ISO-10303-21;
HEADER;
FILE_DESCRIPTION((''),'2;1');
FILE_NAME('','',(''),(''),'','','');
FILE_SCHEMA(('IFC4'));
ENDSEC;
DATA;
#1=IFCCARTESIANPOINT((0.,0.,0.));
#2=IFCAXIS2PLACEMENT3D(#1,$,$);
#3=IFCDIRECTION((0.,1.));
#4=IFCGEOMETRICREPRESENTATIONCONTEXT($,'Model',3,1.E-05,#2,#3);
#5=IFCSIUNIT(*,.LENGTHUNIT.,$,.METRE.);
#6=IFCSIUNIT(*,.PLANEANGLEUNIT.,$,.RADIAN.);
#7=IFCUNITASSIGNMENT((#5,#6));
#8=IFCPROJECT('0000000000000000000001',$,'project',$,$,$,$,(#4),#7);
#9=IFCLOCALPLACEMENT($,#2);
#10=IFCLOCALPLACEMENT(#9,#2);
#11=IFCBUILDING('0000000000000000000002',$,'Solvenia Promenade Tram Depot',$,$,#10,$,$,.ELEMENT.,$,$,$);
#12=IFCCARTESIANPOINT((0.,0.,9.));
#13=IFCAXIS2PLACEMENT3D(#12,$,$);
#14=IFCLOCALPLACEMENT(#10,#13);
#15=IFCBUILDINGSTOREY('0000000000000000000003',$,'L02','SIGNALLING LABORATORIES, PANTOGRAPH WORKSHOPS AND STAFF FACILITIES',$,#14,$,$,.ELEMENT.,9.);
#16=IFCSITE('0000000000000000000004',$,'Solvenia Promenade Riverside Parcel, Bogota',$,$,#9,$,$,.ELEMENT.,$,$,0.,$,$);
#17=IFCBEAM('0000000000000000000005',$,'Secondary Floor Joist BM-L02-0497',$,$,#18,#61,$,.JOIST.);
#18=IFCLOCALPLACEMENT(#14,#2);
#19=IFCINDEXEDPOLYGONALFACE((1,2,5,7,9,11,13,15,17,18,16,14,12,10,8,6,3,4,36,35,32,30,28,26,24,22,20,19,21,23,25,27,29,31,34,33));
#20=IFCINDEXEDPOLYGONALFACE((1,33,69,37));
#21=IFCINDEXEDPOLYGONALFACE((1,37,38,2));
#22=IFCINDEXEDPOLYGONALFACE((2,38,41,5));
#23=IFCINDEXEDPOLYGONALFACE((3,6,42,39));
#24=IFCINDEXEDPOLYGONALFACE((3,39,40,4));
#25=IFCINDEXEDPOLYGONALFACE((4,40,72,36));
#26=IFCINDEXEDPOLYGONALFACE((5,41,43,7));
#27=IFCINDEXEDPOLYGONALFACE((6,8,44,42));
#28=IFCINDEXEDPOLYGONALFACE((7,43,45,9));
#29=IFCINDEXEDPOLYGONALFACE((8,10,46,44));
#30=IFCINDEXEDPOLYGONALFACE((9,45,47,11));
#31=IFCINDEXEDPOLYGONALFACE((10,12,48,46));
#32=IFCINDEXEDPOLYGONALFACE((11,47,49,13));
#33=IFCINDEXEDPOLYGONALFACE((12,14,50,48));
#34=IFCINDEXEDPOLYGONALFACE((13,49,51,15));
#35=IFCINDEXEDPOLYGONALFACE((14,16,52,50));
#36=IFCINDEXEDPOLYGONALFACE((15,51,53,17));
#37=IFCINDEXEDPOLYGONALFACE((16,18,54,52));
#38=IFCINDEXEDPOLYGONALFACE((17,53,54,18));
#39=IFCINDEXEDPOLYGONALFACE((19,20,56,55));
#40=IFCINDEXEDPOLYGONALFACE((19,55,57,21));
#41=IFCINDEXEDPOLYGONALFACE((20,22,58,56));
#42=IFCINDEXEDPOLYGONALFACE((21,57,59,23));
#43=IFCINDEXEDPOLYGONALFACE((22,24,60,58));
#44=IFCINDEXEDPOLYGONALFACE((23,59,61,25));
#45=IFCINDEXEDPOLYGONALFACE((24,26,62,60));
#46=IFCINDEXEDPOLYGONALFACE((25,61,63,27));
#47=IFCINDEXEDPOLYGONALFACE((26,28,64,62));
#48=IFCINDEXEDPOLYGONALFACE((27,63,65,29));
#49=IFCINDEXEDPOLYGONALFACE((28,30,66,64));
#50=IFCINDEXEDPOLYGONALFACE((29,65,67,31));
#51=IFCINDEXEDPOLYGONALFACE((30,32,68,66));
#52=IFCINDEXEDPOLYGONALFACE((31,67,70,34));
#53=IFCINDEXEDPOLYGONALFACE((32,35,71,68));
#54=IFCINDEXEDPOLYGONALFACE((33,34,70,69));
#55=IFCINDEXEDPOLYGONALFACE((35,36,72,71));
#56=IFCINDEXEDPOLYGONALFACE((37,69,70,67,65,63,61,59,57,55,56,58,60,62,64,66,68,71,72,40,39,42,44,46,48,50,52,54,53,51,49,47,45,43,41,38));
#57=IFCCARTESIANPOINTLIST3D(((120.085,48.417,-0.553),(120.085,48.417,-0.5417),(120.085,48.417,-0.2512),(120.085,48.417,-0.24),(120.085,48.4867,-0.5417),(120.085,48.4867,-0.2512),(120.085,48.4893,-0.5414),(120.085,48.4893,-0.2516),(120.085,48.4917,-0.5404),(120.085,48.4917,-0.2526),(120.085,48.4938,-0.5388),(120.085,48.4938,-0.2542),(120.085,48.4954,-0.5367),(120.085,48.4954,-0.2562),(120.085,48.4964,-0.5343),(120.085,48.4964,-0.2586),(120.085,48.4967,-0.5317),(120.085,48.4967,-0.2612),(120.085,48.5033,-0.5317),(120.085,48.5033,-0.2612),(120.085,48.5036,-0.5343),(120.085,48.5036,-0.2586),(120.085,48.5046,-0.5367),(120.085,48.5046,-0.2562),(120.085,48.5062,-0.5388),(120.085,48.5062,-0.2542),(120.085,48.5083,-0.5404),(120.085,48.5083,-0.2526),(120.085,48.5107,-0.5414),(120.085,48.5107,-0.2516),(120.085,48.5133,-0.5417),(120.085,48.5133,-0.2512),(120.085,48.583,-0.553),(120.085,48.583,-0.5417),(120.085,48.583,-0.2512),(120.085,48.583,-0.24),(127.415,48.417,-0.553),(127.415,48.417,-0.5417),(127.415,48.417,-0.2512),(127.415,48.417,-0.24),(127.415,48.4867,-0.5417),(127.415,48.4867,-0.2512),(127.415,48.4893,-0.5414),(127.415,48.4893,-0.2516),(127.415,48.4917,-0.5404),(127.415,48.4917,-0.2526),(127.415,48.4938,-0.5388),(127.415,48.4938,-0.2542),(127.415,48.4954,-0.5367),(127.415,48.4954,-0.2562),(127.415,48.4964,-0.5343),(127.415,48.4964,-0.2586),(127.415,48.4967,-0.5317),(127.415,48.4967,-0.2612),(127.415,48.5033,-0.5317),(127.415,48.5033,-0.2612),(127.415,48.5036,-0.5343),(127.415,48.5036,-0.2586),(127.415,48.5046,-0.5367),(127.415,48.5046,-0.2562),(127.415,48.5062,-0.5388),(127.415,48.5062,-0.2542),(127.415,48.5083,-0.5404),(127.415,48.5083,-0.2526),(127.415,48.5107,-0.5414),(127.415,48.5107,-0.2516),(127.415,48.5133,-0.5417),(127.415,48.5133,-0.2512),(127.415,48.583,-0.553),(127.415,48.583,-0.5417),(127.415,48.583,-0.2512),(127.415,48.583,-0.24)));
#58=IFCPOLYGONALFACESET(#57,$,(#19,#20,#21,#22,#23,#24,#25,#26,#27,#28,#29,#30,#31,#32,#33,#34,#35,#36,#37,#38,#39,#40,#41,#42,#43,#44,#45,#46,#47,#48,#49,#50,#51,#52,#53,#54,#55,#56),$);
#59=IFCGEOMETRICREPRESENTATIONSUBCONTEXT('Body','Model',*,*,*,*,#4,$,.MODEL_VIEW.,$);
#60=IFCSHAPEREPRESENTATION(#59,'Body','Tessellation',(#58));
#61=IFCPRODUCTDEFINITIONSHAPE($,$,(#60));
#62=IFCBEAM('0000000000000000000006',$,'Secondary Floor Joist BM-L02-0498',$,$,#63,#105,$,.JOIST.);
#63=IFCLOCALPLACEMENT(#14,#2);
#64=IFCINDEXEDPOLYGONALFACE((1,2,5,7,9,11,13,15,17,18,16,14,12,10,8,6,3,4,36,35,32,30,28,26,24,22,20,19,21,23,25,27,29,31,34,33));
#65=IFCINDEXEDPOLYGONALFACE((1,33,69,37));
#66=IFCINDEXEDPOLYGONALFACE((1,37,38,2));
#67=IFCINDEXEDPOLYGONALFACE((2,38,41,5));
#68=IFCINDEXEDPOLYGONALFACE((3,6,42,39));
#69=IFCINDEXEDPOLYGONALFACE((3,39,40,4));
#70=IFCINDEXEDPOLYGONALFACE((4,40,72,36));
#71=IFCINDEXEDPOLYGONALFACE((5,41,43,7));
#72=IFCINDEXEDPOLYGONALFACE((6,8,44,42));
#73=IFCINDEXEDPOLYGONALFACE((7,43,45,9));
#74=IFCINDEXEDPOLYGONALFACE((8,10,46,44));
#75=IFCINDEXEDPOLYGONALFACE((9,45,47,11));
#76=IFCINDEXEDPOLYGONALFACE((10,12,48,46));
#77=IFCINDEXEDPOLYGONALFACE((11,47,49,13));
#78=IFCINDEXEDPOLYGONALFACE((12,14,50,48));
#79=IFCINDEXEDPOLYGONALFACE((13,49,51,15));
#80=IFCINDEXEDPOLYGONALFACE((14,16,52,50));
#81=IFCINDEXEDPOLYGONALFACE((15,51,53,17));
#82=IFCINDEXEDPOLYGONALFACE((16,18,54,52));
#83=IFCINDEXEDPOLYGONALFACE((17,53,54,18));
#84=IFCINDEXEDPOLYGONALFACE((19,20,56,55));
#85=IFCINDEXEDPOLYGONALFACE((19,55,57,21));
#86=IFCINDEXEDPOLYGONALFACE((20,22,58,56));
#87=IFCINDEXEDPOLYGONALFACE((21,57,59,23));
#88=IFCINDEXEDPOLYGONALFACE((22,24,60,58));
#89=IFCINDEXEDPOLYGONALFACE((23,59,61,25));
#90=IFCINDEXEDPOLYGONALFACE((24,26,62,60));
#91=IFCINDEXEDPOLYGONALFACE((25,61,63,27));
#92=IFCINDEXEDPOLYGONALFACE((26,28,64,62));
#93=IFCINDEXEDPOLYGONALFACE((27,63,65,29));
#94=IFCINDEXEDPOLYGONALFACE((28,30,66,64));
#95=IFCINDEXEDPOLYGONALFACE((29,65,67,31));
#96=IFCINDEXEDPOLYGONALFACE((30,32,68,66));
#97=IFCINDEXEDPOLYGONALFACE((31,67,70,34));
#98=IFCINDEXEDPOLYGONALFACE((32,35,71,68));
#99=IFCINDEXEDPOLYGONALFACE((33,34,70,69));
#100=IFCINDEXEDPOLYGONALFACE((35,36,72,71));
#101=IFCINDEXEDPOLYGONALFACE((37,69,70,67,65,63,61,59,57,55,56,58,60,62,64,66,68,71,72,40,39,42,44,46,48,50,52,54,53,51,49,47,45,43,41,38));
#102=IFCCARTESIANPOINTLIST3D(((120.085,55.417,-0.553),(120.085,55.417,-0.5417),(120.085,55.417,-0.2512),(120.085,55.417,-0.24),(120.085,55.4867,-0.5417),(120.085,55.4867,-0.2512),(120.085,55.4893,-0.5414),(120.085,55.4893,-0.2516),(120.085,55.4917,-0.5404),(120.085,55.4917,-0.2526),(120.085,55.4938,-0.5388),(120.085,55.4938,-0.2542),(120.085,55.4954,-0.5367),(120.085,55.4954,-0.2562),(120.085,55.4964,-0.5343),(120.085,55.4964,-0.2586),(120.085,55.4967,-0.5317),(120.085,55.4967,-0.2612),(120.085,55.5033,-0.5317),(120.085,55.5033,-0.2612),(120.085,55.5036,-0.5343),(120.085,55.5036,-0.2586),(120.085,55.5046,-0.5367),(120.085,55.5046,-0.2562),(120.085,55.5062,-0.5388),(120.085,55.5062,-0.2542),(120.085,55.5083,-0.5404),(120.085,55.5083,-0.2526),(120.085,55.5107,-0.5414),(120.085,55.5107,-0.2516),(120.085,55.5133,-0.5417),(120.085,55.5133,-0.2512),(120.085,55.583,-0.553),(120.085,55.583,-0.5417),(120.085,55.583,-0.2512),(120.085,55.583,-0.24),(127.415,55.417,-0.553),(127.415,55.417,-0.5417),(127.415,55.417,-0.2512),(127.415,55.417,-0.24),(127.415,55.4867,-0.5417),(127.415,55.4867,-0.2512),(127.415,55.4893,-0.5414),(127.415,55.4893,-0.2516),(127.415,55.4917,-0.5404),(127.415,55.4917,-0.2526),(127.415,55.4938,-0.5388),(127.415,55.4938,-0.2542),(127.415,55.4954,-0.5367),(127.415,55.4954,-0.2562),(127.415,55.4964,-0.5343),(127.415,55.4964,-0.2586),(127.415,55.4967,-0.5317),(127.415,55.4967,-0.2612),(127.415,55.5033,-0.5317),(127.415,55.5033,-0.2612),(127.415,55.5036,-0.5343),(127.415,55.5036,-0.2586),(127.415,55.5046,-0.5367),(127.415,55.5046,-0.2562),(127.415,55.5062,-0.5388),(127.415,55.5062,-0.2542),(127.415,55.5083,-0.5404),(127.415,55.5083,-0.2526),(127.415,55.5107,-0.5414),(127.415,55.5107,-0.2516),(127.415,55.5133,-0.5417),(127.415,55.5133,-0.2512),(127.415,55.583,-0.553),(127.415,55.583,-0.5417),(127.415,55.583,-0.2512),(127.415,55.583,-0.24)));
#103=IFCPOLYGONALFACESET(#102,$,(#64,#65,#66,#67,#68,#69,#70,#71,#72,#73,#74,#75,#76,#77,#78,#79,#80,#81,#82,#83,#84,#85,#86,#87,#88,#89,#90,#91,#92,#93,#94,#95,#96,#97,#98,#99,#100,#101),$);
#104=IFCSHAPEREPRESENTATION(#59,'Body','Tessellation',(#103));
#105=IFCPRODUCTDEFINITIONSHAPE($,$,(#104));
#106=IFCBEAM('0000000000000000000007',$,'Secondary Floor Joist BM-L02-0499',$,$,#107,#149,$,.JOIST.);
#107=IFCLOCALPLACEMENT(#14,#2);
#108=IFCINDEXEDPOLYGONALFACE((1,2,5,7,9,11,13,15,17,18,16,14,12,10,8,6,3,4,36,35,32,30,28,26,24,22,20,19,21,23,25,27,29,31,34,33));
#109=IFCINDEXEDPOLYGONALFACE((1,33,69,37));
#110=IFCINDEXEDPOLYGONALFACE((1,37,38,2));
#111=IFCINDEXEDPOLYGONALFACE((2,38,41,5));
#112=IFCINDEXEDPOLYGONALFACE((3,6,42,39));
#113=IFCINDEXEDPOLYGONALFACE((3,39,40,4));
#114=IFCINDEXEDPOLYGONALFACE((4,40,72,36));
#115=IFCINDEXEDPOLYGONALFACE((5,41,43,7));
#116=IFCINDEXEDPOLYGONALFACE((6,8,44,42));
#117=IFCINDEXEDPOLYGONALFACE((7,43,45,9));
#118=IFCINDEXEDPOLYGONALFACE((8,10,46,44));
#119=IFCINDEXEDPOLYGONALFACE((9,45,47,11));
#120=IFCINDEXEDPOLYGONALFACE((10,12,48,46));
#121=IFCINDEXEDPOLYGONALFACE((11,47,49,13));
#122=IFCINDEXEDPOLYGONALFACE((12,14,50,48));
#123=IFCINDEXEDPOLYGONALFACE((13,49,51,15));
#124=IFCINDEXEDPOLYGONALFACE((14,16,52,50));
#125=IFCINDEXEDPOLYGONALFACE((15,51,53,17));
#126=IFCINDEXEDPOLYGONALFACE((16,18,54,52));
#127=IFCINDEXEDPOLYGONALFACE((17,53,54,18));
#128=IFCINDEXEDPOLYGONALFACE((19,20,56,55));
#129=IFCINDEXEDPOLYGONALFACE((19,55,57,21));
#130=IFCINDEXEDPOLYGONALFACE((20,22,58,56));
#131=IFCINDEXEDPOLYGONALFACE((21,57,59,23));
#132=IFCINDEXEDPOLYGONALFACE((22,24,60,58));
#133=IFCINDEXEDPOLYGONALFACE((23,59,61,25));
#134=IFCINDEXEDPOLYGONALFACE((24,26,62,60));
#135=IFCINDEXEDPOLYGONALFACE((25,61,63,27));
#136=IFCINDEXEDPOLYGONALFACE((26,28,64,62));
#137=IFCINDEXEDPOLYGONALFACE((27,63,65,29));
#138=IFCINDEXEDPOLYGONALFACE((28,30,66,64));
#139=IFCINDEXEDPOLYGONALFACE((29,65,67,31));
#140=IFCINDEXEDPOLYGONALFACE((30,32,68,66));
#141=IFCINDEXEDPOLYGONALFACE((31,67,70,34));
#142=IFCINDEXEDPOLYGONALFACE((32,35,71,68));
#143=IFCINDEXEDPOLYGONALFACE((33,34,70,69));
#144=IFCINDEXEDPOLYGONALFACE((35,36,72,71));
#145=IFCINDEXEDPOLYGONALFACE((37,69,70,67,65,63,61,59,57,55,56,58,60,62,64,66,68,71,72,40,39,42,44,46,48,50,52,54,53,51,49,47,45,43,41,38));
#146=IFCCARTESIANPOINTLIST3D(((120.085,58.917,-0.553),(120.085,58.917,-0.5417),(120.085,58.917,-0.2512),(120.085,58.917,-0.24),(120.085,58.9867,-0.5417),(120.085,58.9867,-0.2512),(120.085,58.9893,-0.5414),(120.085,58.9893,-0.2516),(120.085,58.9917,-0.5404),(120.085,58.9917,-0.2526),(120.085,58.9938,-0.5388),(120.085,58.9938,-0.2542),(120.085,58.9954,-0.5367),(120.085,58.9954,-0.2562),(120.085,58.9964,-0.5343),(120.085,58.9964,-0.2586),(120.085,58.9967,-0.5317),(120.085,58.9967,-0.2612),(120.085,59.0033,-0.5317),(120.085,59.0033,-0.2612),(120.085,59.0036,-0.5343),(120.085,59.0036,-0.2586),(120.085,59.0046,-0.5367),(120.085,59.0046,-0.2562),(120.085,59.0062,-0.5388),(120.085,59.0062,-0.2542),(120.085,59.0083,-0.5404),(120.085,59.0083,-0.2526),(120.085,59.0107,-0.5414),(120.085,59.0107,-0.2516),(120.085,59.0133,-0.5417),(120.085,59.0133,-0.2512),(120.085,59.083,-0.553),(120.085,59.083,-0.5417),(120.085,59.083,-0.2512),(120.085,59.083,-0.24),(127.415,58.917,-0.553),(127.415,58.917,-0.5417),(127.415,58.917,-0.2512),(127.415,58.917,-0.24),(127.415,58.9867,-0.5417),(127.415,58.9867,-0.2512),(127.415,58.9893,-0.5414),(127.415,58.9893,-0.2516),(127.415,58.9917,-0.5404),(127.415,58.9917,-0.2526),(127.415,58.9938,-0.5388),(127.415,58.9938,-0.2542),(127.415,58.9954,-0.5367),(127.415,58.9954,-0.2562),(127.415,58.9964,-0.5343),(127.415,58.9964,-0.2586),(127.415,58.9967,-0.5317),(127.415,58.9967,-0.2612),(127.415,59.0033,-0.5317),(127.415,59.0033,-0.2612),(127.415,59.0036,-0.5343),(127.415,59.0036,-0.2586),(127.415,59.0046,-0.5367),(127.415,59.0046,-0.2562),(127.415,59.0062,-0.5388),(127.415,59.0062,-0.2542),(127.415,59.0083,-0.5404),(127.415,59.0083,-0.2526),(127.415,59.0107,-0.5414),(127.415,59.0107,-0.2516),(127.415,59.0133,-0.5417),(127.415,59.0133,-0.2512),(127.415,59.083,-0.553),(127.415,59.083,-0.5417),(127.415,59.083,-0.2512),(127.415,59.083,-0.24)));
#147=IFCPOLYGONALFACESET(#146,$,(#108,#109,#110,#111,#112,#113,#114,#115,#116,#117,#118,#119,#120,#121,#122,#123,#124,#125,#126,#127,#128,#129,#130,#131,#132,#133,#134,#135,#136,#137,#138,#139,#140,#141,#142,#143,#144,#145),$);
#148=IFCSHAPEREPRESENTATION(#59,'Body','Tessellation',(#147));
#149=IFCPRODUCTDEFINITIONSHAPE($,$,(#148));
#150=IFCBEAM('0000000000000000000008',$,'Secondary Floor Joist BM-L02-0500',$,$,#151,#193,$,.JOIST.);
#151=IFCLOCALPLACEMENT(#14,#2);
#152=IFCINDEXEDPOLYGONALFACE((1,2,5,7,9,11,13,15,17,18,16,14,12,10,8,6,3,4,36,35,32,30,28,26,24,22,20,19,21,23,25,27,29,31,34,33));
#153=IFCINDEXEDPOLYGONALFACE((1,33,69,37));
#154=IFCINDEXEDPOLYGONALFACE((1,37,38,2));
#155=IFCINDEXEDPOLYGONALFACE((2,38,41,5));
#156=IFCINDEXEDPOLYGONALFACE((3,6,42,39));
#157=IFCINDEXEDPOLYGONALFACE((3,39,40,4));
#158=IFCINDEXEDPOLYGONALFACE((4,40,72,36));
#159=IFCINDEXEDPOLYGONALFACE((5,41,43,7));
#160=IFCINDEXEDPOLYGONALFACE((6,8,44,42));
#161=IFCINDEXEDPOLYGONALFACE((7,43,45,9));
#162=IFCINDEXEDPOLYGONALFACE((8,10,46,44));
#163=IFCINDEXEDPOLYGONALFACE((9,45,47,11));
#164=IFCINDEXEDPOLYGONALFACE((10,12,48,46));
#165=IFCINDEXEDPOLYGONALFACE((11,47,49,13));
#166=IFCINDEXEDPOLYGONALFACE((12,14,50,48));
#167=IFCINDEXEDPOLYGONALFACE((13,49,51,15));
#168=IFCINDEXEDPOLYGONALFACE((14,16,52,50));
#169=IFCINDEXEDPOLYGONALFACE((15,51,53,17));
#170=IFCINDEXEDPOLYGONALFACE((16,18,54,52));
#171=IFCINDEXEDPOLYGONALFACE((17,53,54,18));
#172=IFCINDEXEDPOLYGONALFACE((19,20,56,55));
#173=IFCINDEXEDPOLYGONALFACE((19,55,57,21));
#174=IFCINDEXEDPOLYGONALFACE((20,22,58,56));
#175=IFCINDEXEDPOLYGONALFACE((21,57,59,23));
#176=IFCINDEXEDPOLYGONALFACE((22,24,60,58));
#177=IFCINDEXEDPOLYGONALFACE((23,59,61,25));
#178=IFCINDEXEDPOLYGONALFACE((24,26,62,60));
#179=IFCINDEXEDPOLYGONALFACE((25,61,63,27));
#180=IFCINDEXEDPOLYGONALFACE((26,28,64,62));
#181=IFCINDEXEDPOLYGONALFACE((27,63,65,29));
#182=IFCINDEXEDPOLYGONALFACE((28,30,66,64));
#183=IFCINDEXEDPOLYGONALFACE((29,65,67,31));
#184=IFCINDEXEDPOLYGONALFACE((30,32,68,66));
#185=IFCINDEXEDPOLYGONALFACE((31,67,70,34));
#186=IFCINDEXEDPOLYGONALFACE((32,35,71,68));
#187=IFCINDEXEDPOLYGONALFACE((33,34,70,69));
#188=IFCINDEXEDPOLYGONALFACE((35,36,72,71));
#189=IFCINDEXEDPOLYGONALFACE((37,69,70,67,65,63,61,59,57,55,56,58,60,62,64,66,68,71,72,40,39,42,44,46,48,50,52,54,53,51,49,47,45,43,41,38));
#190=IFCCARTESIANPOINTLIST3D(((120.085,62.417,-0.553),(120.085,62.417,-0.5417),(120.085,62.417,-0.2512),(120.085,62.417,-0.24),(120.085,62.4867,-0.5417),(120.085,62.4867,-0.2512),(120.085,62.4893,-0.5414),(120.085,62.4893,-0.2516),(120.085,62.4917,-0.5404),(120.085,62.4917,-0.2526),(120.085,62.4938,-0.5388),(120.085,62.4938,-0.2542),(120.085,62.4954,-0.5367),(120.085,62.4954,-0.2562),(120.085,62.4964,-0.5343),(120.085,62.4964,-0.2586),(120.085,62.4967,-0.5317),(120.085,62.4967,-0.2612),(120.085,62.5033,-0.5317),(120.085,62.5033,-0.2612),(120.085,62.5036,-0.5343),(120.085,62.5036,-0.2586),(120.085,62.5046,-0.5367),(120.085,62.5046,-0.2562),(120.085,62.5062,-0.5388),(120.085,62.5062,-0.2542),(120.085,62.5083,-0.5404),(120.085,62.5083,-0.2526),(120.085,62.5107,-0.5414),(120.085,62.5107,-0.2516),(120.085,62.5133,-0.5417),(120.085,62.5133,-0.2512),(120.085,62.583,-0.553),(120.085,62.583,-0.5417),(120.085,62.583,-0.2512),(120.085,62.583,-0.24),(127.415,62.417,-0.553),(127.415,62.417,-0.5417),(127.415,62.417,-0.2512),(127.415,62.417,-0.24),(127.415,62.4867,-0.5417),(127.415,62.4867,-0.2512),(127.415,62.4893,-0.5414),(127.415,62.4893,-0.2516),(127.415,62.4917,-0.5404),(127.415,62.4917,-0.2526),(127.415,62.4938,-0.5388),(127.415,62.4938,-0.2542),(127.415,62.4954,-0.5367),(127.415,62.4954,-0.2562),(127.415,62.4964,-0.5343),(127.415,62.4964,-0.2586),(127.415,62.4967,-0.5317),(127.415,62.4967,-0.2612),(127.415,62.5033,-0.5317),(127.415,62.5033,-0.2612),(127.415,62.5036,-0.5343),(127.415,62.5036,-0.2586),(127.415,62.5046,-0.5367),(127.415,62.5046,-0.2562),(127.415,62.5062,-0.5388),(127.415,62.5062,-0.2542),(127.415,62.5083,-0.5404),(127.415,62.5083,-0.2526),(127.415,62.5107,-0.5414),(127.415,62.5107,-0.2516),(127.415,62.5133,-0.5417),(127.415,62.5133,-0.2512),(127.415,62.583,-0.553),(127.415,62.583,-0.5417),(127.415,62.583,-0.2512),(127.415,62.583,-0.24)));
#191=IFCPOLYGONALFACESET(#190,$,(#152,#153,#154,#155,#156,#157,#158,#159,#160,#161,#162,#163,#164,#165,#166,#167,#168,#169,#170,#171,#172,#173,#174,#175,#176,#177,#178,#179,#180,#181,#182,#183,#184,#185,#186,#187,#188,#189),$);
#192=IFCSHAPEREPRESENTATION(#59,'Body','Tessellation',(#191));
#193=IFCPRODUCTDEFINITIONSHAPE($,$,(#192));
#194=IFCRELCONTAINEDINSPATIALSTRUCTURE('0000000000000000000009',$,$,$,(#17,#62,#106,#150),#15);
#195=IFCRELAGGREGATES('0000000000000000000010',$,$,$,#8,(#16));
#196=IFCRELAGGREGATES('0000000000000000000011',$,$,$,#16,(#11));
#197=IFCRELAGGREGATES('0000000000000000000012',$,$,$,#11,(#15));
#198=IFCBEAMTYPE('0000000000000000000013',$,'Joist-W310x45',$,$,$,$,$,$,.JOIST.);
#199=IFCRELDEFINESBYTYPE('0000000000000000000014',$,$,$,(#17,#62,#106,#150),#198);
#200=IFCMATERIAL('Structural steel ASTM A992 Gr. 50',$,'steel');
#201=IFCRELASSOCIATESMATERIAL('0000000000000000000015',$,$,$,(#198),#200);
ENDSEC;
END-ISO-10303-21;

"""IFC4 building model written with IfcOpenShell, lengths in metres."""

from ifc_helpers import new_model, si_unit, direction, frame, origin, origin_2d, place, context, subcontext, project, spatial, i_section, extrude, material, material_profile, profile_set, type_object, element, save


model = new_model("IFC4")

# Units and contexts
model_context = context("Model", 3, precision=1e-05, world=origin(), true_north=direction((0.0, 1.0)))
body_context = subcontext(model_context, "Body", "Model", "MODEL_VIEW")
ifc_project = project(units=[si_unit("LENGTHUNIT", "METRE"), si_unit("PLANEANGLEUNIT", "RADIAN")], contexts=[model_context])

# Site, building, storey
site_placement = place(None, origin())
site = spatial("IfcSite", under=ifc_project, at=site_placement, Name="Solvenia Promenade Riverside Parcel, Bogota", CompositionType="ELEMENT", RefElevation=0.0)
building_placement = place(site_placement, origin())
building = spatial("IfcBuilding", under=site, at=building_placement, Name="Solvenia Promenade Tram Depot", CompositionType="ELEMENT")
storey_placement = place(building_placement, frame((0.0, 0.0, 9.0)))
storey = spatial("IfcBuildingStorey", under=building, at=storey_placement, Name="L02", Description="SIGNALLING LABORATORIES, PANTOGRAPH WORKSHOPS AND STAFF FACILITIES", CompositionType="ELEMENT", Elevation=9.0)

# Shared definitions
ifc_material_1 = material(Name="Structural steel ASTM A992 Gr. 50", Category="steel")

# Beams
ifc_material_profile_1 = material_profile(ifc_material_1, i_section(OverallWidth=0.166, OverallDepth=0.313, WebThickness=0.0066, FlangeThickness=0.0112, FilletRadius=0.01, at=origin_2d()), Name="W310x45", Category="steel")
ifc_profile_set_1 = profile_set([ifc_material_profile_1], Name="Structural steel ASTM A992 Gr. 50")
beam_type_1 = type_object("IfcBeamType", Name="Joist-W310x45", PredefinedType="JOIST", material=ifc_profile_set_1)
for number, where, z_axis, x_axis, name in (
    (1, (120.085, 48.5, -0.3965), (1.0, 0.0, 0.0), (0.0, 1.0, 0.0), "Secondary Floor Joist BM-L02-0497"),
    (2, (120.085, 55.5, -0.3965), (1.0, 0.0, 0.0), (0.0, 1.0, 0.0), "Secondary Floor Joist BM-L02-0498"),
    (3, (120.085, 59.0, -0.3965), (1.0, 0.0, 0.0), (0.0, 1.0, 0.0), "Secondary Floor Joist BM-L02-0499"),
    (4, (120.085, 62.5, -0.3965), (1.0, 0.0, 0.0), (0.0, 1.0, 0.0), "Secondary Floor Joist BM-L02-0500"),
):
    element("IfcBeam", number, at=place(storey_placement, frame(where, z_axis=z_axis, x_axis=x_axis)), inside=storey, type_object=beam_type_1, Name=name, PredefinedType="JOIST", context=body_context, shape_type="SweptSolid", body=[
        extrude(i_section(OverallWidth=0.166, OverallDepth=0.313, WebThickness=0.0066, FlangeThickness=0.0112, FilletRadius=0.01, at=origin_2d()), origin(), (0.0, 0.0, 1.0), 7.3301),
    ])

save(model, "model.ifc")
